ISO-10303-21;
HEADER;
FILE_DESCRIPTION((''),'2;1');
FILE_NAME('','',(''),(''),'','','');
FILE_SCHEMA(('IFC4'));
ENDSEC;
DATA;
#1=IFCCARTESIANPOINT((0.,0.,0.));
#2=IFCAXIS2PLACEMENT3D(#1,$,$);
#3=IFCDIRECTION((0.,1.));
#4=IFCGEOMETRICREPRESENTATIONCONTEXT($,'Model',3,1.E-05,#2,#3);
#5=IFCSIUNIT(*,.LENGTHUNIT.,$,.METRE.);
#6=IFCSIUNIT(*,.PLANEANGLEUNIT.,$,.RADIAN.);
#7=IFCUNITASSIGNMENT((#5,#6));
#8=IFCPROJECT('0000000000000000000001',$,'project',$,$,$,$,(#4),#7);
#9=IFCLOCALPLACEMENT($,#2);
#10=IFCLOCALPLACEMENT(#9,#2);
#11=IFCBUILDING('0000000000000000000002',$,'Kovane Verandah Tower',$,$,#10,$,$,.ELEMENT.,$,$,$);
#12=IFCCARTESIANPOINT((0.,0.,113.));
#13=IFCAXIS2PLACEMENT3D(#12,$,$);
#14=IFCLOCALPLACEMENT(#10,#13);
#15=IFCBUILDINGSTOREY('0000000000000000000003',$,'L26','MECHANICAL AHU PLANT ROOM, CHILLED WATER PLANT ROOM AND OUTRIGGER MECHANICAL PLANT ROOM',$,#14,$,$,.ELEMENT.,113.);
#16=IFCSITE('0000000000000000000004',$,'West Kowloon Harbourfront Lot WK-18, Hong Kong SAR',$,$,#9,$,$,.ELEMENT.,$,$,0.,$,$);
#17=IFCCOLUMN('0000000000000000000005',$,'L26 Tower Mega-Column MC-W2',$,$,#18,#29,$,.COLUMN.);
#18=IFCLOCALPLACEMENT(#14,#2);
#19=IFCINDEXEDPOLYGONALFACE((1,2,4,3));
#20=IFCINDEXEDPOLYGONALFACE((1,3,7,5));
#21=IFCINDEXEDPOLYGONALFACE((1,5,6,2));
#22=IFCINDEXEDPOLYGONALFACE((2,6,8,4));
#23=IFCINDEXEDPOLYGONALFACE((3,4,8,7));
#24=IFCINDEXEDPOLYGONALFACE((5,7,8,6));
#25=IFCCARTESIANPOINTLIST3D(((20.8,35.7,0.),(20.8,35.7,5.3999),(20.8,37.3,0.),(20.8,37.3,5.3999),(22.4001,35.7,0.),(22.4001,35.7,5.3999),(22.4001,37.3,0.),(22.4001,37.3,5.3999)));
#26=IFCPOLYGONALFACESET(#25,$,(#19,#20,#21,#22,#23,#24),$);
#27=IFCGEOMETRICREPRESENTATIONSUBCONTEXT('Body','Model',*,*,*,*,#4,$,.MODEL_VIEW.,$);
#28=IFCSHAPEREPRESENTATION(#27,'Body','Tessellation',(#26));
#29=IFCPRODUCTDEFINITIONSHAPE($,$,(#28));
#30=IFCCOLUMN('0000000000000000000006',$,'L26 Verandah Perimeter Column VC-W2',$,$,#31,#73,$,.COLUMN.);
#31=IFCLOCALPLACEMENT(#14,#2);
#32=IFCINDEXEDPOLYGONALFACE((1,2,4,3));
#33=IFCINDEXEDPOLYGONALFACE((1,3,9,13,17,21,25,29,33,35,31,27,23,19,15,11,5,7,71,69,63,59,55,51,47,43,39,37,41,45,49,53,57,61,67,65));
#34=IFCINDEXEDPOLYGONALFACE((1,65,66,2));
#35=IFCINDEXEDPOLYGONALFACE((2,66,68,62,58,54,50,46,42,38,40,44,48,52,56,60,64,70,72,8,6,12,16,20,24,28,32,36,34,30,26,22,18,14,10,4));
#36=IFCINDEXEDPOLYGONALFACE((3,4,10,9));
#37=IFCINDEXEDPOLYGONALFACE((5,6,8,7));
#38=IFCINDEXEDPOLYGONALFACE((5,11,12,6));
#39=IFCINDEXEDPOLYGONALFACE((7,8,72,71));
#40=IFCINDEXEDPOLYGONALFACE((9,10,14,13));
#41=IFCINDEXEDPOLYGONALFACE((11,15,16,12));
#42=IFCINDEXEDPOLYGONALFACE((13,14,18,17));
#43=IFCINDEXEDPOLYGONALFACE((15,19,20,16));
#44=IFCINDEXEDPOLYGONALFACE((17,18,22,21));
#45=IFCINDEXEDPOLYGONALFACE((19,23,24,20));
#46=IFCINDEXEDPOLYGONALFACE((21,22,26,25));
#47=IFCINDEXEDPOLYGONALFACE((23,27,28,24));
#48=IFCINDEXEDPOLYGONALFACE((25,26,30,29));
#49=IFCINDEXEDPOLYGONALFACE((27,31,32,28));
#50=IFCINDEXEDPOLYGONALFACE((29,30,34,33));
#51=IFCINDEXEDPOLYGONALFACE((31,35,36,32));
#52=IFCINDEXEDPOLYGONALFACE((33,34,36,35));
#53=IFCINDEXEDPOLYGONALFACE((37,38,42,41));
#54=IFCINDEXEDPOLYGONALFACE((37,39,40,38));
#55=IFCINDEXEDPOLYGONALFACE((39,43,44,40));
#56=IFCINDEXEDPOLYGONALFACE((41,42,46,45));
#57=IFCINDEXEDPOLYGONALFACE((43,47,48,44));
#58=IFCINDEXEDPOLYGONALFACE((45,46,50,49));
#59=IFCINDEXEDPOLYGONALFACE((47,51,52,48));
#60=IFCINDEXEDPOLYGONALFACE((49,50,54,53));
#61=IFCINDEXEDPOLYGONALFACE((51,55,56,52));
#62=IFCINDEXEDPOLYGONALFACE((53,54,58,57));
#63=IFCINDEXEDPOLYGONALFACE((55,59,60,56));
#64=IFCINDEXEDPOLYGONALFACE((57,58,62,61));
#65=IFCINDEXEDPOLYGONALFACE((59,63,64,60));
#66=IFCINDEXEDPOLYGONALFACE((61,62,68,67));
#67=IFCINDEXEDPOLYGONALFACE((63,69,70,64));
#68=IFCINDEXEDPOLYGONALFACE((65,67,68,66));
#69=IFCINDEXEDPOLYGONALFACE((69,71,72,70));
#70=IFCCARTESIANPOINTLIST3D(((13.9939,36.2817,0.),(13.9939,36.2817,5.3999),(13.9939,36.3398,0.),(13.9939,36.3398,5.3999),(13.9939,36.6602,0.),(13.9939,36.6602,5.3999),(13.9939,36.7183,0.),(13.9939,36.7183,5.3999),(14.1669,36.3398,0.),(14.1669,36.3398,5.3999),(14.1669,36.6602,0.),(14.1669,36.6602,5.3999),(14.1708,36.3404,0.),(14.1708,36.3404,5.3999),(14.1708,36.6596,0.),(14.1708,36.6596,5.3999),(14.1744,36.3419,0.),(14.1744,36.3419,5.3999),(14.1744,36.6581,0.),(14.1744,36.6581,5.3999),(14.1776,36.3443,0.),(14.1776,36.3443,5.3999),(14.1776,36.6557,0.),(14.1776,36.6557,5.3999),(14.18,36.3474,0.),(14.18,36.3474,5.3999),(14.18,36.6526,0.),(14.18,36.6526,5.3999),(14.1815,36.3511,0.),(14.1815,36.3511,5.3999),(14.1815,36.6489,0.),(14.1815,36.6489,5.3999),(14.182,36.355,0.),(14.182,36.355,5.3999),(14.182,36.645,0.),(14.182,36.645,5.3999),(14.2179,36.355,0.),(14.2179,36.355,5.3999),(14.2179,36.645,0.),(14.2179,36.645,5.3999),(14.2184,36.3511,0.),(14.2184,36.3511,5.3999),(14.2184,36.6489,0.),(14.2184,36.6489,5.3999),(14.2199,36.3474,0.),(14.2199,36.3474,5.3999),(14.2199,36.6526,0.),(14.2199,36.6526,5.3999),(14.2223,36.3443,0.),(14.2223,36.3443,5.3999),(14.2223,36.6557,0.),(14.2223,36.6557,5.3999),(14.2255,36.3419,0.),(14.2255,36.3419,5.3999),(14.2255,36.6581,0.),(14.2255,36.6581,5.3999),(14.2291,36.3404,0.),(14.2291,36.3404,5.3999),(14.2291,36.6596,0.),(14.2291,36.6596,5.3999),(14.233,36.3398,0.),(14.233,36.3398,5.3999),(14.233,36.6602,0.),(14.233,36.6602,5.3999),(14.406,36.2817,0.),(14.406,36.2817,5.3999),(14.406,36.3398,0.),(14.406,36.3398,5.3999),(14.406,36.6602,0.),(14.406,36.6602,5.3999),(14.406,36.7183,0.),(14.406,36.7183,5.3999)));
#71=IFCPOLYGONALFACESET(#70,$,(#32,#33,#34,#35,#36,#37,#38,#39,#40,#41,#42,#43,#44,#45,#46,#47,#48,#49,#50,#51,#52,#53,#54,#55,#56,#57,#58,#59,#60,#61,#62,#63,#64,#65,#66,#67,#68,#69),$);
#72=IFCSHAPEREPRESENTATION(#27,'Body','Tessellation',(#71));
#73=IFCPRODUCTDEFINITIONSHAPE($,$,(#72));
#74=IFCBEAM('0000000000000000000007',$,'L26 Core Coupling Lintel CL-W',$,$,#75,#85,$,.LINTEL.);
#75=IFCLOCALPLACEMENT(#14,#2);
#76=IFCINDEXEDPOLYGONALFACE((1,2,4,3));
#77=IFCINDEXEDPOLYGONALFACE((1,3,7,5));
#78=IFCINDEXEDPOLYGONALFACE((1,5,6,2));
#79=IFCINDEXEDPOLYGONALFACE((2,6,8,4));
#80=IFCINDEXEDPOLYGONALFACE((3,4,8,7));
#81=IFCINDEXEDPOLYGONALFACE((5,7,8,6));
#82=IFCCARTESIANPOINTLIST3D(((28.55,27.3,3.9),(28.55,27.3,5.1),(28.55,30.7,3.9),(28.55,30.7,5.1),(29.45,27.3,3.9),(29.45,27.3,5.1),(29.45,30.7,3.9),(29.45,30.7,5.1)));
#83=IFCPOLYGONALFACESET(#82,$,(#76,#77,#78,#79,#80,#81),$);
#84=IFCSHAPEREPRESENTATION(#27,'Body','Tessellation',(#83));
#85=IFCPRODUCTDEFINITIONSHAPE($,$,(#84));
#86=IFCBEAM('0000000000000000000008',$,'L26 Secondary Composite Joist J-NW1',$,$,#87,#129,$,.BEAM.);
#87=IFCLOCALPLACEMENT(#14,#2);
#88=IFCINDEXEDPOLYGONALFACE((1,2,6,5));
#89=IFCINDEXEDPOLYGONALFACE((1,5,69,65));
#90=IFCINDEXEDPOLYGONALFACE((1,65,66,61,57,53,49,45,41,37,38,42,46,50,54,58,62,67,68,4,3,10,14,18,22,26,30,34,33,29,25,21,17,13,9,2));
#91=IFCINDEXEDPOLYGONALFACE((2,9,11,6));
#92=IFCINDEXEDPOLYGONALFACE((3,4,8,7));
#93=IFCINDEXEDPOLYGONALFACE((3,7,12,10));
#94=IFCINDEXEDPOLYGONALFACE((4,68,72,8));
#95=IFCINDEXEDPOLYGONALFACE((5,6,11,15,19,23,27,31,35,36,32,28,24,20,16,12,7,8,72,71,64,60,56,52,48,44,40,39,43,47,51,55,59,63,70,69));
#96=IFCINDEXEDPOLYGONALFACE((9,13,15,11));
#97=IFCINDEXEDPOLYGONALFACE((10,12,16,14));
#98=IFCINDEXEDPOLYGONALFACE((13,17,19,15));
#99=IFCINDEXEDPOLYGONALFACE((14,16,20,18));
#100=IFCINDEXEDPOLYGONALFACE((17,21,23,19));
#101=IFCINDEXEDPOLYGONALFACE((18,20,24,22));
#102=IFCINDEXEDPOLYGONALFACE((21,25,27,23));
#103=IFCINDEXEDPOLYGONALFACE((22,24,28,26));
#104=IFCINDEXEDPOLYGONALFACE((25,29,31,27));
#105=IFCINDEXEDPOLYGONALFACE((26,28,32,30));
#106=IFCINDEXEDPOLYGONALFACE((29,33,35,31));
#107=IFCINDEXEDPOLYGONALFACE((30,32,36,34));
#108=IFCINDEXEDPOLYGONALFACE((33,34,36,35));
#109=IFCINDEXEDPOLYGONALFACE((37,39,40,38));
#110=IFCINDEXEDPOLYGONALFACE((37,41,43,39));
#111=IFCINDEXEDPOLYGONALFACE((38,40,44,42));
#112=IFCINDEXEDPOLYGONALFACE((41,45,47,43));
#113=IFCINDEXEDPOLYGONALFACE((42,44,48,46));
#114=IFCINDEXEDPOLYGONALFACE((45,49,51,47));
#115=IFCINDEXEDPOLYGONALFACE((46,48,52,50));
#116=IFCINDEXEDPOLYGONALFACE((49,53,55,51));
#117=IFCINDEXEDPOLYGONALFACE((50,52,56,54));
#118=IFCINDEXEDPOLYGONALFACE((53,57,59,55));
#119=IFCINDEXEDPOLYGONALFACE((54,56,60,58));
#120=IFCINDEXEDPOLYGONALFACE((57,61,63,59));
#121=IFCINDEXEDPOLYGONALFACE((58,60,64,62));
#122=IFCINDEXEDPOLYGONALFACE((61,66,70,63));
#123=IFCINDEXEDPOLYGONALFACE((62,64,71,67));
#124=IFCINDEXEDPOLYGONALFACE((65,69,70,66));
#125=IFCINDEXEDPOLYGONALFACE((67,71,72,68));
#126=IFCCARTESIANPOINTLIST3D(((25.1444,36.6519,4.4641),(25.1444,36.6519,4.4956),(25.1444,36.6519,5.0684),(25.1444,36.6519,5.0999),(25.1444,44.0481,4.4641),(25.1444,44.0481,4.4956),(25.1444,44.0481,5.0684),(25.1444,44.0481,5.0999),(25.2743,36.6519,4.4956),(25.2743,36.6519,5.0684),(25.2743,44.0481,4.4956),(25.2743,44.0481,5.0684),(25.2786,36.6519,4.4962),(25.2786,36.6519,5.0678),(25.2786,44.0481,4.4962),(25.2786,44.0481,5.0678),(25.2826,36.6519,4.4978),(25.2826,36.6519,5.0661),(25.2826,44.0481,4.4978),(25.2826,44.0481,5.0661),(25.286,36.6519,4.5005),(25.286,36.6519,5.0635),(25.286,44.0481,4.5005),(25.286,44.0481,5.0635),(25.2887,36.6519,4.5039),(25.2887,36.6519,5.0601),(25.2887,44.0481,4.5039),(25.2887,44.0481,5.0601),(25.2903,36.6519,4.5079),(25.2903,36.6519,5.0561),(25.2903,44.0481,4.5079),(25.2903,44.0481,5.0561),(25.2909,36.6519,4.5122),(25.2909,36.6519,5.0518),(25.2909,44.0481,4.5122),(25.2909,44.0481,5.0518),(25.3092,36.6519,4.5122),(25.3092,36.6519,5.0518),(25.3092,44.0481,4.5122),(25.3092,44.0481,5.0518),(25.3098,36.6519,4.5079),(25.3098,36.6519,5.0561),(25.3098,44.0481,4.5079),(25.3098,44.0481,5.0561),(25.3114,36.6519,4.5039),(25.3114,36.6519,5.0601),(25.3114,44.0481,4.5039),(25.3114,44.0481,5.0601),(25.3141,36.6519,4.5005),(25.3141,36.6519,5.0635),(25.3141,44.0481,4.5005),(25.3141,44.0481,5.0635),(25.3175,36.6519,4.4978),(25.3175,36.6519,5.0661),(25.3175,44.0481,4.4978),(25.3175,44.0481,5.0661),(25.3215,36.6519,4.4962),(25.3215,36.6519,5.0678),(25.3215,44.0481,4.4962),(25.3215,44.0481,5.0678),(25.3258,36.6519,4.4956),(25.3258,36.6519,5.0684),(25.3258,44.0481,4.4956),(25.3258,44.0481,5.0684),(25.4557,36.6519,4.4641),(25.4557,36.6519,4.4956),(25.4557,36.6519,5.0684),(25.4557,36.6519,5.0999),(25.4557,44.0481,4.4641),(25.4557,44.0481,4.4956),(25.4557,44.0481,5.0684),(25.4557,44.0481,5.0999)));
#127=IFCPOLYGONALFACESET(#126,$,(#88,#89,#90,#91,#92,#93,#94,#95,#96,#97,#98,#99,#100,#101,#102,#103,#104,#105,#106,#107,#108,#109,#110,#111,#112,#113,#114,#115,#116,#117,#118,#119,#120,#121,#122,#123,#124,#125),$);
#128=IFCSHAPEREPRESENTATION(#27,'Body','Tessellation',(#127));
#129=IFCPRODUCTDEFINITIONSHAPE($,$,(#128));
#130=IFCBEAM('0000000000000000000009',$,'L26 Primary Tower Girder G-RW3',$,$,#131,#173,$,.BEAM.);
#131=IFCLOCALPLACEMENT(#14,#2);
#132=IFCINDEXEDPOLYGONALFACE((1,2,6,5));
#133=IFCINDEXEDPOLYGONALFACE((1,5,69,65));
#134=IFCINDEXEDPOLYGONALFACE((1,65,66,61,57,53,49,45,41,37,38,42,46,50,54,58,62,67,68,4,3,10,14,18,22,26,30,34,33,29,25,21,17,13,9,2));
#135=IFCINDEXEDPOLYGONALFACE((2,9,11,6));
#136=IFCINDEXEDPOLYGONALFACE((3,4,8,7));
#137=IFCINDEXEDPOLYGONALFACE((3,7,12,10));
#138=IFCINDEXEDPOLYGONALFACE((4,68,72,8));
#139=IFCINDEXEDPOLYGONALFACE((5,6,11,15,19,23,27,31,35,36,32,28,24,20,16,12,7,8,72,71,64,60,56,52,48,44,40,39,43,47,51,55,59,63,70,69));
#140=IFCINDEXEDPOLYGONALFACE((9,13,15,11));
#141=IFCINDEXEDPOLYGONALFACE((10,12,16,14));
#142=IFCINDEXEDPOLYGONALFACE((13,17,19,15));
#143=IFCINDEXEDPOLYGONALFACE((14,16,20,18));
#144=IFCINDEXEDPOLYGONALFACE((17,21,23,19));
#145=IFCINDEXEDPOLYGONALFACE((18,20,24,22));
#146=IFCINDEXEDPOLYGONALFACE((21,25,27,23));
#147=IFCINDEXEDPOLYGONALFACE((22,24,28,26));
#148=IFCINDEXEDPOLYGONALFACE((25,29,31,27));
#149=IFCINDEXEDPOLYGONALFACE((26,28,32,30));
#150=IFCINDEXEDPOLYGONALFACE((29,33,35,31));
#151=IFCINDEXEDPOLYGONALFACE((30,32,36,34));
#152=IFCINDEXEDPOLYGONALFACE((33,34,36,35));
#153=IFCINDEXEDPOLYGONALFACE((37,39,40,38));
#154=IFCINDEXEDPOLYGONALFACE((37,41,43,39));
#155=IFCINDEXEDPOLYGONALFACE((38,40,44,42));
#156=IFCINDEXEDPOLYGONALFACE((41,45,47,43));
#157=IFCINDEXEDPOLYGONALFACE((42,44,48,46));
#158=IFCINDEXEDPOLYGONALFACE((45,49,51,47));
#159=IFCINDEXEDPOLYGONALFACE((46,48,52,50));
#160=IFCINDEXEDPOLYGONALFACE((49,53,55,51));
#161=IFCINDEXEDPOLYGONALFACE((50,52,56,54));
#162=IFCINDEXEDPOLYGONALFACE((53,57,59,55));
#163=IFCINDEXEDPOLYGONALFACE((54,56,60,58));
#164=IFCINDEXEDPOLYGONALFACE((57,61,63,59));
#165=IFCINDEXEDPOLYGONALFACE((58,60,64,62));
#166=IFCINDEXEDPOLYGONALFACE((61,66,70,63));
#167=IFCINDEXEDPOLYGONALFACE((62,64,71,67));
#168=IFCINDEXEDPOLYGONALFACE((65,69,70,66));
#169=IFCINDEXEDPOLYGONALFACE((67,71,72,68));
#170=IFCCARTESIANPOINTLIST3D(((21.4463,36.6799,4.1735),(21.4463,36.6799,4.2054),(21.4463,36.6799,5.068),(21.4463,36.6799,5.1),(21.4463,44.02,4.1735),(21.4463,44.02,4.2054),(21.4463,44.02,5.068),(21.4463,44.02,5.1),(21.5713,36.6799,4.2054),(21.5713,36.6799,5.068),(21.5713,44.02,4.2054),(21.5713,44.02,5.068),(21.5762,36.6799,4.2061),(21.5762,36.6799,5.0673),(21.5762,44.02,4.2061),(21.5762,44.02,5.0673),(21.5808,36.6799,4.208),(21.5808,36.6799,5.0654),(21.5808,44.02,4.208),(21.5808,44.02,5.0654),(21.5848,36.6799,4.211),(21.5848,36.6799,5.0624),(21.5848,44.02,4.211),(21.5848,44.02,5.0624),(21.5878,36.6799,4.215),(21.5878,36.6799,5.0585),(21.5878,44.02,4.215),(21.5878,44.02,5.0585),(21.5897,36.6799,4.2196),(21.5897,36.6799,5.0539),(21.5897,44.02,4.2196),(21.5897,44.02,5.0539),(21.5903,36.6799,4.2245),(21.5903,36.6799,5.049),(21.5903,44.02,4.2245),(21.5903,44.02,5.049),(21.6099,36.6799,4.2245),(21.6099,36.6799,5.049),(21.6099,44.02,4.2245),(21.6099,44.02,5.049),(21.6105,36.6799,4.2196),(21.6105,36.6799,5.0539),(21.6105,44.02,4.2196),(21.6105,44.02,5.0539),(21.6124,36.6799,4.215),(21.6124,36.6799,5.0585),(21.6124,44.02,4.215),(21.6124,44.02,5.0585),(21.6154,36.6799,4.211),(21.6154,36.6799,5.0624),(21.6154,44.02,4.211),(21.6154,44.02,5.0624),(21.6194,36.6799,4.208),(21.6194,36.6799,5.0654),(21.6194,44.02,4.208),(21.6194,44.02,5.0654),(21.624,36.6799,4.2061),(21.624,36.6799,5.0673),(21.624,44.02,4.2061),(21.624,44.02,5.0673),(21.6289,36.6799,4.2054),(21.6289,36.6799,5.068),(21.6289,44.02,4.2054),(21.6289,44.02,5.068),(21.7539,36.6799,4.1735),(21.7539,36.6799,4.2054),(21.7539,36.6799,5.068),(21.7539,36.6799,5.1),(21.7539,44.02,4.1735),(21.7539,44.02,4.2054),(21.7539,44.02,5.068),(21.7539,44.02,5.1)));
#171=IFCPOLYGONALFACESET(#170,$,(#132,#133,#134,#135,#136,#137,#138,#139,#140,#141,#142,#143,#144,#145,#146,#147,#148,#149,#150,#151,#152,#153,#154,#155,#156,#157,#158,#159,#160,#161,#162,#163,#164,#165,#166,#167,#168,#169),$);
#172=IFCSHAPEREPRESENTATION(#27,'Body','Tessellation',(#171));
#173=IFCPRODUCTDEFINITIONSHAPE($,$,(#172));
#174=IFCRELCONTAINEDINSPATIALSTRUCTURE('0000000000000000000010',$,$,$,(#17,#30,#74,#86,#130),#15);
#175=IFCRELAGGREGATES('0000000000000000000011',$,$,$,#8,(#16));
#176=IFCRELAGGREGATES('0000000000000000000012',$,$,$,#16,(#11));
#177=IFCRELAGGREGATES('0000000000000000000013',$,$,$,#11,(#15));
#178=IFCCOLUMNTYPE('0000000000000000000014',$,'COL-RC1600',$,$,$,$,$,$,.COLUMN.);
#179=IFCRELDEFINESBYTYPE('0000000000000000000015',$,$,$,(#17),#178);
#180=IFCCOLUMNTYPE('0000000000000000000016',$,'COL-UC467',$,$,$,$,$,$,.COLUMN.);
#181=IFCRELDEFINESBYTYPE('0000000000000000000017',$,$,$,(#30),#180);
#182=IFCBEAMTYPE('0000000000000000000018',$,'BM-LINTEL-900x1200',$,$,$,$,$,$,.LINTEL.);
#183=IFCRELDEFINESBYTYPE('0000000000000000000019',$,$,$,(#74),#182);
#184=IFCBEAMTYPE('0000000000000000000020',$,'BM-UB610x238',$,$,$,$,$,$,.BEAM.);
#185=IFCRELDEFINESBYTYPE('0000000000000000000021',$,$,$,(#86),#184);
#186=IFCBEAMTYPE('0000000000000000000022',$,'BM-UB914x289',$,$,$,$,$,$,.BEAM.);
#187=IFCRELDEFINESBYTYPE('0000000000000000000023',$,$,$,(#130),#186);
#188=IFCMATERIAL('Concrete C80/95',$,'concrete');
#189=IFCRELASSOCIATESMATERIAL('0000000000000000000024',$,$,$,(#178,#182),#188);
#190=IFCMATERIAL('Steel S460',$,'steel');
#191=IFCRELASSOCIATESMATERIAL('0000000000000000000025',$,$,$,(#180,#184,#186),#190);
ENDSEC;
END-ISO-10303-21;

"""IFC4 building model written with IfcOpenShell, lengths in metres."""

from ifc_helpers import new_model, si_unit, direction, frame, origin, origin_2d, place, context, subcontext, project, spatial, rectangle, i_section, extrude, material, material_profile, profile_set, type_object, element, save


model = new_model("IFC4")

# Units and contexts
model_context = context("Model", 3, precision=1e-05, world=origin(), true_north=direction((0.0, 1.0)))
body_context = subcontext(model_context, "Body", "Model", "MODEL_VIEW")
ifc_project = project(units=[si_unit("LENGTHUNIT", "METRE"), si_unit("PLANEANGLEUNIT", "RADIAN")], contexts=[model_context])

# Site, building, storey
site_placement = place(None, origin())
site = spatial("IfcSite", under=ifc_project, at=site_placement, Name="West Kowloon Harbourfront Lot WK-18, Hong Kong SAR", CompositionType="ELEMENT", RefElevation=0.0)
building_placement = place(site_placement, origin())
building = spatial("IfcBuilding", under=site, at=building_placement, Name="Kovane Verandah Tower", CompositionType="ELEMENT")
storey_placement = place(building_placement, frame((0.0, 0.0, 113.0)))
storey = spatial("IfcBuildingStorey", under=building, at=storey_placement, Name="L26", Description="MECHANICAL AHU PLANT ROOM, CHILLED WATER PLANT ROOM AND OUTRIGGER MECHANICAL PLANT ROOM", CompositionType="ELEMENT", Elevation=113.0)

# Columns
ifc_material_1 = material(Name="Concrete C80/95", Category="concrete")
ifc_material_profile_1 = material_profile(ifc_material_1, rectangle(XDim=1.6001, YDim=1.6001, at=origin_2d()), Name="RC1600x1600")
ifc_profile_set_1 = profile_set([ifc_material_profile_1], Name="Concrete C80/95")
column_type_1 = type_object("IfcColumnType", Name="COL-RC1600", PredefinedType="COLUMN", material=ifc_profile_set_1)
column_1_placement = place(storey_placement, frame((21.6001, 36.5, 0.0), z_axis=(0.0, 0.0, 1.0), x_axis=(1.0, 0.0, 0.0)))
element("IfcColumn", 1, at=column_1_placement, inside=storey, type_object=column_type_1, Name="L26 Tower Mega-Column MC-W2", PredefinedType="COLUMN", context=body_context, shape_type="SweptSolid", body=[
    extrude(rectangle(XDim=1.6001, YDim=1.6001, at=origin_2d()), origin(), (0.0, 0.0, 1.0), 5.3999),
])
ifc_material_2 = material(Name="Steel S460", Category="steel")
ifc_material_profile_2 = material_profile(ifc_material_2, i_section(OverallWidth=0.4121, OverallDepth=0.4365, WebThickness=0.0359, FlangeThickness=0.0581, FilletRadius=0.0151, at=origin_2d()), Name="UC356x406x467")
ifc_profile_set_2 = profile_set([ifc_material_profile_2], Name="Steel S460")
column_type_2 = type_object("IfcColumnType", Name="COL-UC467", PredefinedType="COLUMN", material=ifc_profile_set_2)
column_2_placement = place(storey_placement, frame((14.2, 36.5, 0.0), z_axis=(0.0, 0.0, 1.0), x_axis=(1.0, 0.0, 0.0)))
element("IfcColumn", 2, at=column_2_placement, inside=storey, type_object=column_type_2, Name="L26 Verandah Perimeter Column VC-W2", PredefinedType="COLUMN", context=body_context, shape_type="SweptSolid", body=[
    extrude(i_section(OverallWidth=0.4121, OverallDepth=0.4365, WebThickness=0.0359, FlangeThickness=0.0581, FilletRadius=0.0151, at=origin_2d()), origin(), (0.0, 0.0, 1.0), 5.3999),
])

# Beams
ifc_material_profile_3 = material_profile(ifc_material_1, rectangle(XDim=0.8999, YDim=1.2, at=origin_2d()), Name="RCB900x1200")
ifc_profile_set_3 = profile_set([ifc_material_profile_3], Name="Concrete C80/95")
beam_type_1 = type_object("IfcBeamType", Name="BM-LINTEL-900x1200", PredefinedType="LINTEL", material=ifc_profile_set_3)
beam_1_placement = place(storey_placement, frame((29.0, 27.3, 4.5), z_axis=(0.0, 1.0, 0.0), x_axis=(-1.0, 0.0, 0.0)))
element("IfcBeam", 3, at=beam_1_placement, inside=storey, type_object=beam_type_1, Name="L26 Core Coupling Lintel CL-W", PredefinedType="LINTEL", context=body_context, shape_type="SweptSolid", body=[
    extrude(rectangle(XDim=0.8999, YDim=1.2, at=origin_2d()), origin(), (0.0, 0.0, 1.0), 3.3999),
])
ifc_material_profile_4 = material_profile(ifc_material_2, i_section(OverallWidth=0.3113, OverallDepth=0.6357, WebThickness=0.0183, FlangeThickness=0.0315, FilletRadius=0.0166, at=origin_2d()), Name="UB610x305x238")
ifc_profile_set_4 = profile_set([ifc_material_profile_4], Name="Steel S460")
beam_type_2 = type_object("IfcBeamType", Name="BM-UB610x238", PredefinedType="BEAM", material=ifc_profile_set_4)
beam_2_placement = place(storey_placement, frame((25.3, 36.6519, 4.782), z_axis=(0.0, 1.0, 0.0), x_axis=(-1.0, 0.0, 0.0)))
element("IfcBeam", 4, at=beam_2_placement, inside=storey, type_object=beam_type_2, Name="L26 Secondary Composite Joist J-NW1", PredefinedType="BEAM", context=body_context, shape_type="SweptSolid", body=[
    extrude(i_section(OverallWidth=0.3113, OverallDepth=0.6357, WebThickness=0.0183, FlangeThickness=0.0315, FilletRadius=0.0166, at=origin_2d()), origin(), (0.0, 0.0, 1.0), 7.3962),
])
ifc_material_profile_5 = material_profile(ifc_material_2, i_section(OverallWidth=0.3076, OverallDepth=0.9265, WebThickness=0.0195, FlangeThickness=0.032, FilletRadius=0.019, at=origin_2d()), Name="UB914x305x289")
ifc_profile_set_5 = profile_set([ifc_material_profile_5], Name="Steel S460")
beam_type_3 = type_object("IfcBeamType", Name="BM-UB914x289", PredefinedType="BEAM", material=ifc_profile_set_5)
beam_3_placement = place(storey_placement, frame((21.6001, 36.6799, 4.6367), z_axis=(0.0, 1.0, 0.0), x_axis=(-1.0, 0.0, 0.0)))
element("IfcBeam", 5, at=beam_3_placement, inside=storey, type_object=beam_type_3, Name="L26 Primary Tower Girder G-RW3", PredefinedType="BEAM", context=body_context, shape_type="SweptSolid", body=[
    extrude(i_section(OverallWidth=0.3076, OverallDepth=0.9265, WebThickness=0.0195, FlangeThickness=0.032, FilletRadius=0.019, at=origin_2d()), origin(), (0.0, 0.0, 1.0), 7.3401),
])

save(model, "model.ifc")
